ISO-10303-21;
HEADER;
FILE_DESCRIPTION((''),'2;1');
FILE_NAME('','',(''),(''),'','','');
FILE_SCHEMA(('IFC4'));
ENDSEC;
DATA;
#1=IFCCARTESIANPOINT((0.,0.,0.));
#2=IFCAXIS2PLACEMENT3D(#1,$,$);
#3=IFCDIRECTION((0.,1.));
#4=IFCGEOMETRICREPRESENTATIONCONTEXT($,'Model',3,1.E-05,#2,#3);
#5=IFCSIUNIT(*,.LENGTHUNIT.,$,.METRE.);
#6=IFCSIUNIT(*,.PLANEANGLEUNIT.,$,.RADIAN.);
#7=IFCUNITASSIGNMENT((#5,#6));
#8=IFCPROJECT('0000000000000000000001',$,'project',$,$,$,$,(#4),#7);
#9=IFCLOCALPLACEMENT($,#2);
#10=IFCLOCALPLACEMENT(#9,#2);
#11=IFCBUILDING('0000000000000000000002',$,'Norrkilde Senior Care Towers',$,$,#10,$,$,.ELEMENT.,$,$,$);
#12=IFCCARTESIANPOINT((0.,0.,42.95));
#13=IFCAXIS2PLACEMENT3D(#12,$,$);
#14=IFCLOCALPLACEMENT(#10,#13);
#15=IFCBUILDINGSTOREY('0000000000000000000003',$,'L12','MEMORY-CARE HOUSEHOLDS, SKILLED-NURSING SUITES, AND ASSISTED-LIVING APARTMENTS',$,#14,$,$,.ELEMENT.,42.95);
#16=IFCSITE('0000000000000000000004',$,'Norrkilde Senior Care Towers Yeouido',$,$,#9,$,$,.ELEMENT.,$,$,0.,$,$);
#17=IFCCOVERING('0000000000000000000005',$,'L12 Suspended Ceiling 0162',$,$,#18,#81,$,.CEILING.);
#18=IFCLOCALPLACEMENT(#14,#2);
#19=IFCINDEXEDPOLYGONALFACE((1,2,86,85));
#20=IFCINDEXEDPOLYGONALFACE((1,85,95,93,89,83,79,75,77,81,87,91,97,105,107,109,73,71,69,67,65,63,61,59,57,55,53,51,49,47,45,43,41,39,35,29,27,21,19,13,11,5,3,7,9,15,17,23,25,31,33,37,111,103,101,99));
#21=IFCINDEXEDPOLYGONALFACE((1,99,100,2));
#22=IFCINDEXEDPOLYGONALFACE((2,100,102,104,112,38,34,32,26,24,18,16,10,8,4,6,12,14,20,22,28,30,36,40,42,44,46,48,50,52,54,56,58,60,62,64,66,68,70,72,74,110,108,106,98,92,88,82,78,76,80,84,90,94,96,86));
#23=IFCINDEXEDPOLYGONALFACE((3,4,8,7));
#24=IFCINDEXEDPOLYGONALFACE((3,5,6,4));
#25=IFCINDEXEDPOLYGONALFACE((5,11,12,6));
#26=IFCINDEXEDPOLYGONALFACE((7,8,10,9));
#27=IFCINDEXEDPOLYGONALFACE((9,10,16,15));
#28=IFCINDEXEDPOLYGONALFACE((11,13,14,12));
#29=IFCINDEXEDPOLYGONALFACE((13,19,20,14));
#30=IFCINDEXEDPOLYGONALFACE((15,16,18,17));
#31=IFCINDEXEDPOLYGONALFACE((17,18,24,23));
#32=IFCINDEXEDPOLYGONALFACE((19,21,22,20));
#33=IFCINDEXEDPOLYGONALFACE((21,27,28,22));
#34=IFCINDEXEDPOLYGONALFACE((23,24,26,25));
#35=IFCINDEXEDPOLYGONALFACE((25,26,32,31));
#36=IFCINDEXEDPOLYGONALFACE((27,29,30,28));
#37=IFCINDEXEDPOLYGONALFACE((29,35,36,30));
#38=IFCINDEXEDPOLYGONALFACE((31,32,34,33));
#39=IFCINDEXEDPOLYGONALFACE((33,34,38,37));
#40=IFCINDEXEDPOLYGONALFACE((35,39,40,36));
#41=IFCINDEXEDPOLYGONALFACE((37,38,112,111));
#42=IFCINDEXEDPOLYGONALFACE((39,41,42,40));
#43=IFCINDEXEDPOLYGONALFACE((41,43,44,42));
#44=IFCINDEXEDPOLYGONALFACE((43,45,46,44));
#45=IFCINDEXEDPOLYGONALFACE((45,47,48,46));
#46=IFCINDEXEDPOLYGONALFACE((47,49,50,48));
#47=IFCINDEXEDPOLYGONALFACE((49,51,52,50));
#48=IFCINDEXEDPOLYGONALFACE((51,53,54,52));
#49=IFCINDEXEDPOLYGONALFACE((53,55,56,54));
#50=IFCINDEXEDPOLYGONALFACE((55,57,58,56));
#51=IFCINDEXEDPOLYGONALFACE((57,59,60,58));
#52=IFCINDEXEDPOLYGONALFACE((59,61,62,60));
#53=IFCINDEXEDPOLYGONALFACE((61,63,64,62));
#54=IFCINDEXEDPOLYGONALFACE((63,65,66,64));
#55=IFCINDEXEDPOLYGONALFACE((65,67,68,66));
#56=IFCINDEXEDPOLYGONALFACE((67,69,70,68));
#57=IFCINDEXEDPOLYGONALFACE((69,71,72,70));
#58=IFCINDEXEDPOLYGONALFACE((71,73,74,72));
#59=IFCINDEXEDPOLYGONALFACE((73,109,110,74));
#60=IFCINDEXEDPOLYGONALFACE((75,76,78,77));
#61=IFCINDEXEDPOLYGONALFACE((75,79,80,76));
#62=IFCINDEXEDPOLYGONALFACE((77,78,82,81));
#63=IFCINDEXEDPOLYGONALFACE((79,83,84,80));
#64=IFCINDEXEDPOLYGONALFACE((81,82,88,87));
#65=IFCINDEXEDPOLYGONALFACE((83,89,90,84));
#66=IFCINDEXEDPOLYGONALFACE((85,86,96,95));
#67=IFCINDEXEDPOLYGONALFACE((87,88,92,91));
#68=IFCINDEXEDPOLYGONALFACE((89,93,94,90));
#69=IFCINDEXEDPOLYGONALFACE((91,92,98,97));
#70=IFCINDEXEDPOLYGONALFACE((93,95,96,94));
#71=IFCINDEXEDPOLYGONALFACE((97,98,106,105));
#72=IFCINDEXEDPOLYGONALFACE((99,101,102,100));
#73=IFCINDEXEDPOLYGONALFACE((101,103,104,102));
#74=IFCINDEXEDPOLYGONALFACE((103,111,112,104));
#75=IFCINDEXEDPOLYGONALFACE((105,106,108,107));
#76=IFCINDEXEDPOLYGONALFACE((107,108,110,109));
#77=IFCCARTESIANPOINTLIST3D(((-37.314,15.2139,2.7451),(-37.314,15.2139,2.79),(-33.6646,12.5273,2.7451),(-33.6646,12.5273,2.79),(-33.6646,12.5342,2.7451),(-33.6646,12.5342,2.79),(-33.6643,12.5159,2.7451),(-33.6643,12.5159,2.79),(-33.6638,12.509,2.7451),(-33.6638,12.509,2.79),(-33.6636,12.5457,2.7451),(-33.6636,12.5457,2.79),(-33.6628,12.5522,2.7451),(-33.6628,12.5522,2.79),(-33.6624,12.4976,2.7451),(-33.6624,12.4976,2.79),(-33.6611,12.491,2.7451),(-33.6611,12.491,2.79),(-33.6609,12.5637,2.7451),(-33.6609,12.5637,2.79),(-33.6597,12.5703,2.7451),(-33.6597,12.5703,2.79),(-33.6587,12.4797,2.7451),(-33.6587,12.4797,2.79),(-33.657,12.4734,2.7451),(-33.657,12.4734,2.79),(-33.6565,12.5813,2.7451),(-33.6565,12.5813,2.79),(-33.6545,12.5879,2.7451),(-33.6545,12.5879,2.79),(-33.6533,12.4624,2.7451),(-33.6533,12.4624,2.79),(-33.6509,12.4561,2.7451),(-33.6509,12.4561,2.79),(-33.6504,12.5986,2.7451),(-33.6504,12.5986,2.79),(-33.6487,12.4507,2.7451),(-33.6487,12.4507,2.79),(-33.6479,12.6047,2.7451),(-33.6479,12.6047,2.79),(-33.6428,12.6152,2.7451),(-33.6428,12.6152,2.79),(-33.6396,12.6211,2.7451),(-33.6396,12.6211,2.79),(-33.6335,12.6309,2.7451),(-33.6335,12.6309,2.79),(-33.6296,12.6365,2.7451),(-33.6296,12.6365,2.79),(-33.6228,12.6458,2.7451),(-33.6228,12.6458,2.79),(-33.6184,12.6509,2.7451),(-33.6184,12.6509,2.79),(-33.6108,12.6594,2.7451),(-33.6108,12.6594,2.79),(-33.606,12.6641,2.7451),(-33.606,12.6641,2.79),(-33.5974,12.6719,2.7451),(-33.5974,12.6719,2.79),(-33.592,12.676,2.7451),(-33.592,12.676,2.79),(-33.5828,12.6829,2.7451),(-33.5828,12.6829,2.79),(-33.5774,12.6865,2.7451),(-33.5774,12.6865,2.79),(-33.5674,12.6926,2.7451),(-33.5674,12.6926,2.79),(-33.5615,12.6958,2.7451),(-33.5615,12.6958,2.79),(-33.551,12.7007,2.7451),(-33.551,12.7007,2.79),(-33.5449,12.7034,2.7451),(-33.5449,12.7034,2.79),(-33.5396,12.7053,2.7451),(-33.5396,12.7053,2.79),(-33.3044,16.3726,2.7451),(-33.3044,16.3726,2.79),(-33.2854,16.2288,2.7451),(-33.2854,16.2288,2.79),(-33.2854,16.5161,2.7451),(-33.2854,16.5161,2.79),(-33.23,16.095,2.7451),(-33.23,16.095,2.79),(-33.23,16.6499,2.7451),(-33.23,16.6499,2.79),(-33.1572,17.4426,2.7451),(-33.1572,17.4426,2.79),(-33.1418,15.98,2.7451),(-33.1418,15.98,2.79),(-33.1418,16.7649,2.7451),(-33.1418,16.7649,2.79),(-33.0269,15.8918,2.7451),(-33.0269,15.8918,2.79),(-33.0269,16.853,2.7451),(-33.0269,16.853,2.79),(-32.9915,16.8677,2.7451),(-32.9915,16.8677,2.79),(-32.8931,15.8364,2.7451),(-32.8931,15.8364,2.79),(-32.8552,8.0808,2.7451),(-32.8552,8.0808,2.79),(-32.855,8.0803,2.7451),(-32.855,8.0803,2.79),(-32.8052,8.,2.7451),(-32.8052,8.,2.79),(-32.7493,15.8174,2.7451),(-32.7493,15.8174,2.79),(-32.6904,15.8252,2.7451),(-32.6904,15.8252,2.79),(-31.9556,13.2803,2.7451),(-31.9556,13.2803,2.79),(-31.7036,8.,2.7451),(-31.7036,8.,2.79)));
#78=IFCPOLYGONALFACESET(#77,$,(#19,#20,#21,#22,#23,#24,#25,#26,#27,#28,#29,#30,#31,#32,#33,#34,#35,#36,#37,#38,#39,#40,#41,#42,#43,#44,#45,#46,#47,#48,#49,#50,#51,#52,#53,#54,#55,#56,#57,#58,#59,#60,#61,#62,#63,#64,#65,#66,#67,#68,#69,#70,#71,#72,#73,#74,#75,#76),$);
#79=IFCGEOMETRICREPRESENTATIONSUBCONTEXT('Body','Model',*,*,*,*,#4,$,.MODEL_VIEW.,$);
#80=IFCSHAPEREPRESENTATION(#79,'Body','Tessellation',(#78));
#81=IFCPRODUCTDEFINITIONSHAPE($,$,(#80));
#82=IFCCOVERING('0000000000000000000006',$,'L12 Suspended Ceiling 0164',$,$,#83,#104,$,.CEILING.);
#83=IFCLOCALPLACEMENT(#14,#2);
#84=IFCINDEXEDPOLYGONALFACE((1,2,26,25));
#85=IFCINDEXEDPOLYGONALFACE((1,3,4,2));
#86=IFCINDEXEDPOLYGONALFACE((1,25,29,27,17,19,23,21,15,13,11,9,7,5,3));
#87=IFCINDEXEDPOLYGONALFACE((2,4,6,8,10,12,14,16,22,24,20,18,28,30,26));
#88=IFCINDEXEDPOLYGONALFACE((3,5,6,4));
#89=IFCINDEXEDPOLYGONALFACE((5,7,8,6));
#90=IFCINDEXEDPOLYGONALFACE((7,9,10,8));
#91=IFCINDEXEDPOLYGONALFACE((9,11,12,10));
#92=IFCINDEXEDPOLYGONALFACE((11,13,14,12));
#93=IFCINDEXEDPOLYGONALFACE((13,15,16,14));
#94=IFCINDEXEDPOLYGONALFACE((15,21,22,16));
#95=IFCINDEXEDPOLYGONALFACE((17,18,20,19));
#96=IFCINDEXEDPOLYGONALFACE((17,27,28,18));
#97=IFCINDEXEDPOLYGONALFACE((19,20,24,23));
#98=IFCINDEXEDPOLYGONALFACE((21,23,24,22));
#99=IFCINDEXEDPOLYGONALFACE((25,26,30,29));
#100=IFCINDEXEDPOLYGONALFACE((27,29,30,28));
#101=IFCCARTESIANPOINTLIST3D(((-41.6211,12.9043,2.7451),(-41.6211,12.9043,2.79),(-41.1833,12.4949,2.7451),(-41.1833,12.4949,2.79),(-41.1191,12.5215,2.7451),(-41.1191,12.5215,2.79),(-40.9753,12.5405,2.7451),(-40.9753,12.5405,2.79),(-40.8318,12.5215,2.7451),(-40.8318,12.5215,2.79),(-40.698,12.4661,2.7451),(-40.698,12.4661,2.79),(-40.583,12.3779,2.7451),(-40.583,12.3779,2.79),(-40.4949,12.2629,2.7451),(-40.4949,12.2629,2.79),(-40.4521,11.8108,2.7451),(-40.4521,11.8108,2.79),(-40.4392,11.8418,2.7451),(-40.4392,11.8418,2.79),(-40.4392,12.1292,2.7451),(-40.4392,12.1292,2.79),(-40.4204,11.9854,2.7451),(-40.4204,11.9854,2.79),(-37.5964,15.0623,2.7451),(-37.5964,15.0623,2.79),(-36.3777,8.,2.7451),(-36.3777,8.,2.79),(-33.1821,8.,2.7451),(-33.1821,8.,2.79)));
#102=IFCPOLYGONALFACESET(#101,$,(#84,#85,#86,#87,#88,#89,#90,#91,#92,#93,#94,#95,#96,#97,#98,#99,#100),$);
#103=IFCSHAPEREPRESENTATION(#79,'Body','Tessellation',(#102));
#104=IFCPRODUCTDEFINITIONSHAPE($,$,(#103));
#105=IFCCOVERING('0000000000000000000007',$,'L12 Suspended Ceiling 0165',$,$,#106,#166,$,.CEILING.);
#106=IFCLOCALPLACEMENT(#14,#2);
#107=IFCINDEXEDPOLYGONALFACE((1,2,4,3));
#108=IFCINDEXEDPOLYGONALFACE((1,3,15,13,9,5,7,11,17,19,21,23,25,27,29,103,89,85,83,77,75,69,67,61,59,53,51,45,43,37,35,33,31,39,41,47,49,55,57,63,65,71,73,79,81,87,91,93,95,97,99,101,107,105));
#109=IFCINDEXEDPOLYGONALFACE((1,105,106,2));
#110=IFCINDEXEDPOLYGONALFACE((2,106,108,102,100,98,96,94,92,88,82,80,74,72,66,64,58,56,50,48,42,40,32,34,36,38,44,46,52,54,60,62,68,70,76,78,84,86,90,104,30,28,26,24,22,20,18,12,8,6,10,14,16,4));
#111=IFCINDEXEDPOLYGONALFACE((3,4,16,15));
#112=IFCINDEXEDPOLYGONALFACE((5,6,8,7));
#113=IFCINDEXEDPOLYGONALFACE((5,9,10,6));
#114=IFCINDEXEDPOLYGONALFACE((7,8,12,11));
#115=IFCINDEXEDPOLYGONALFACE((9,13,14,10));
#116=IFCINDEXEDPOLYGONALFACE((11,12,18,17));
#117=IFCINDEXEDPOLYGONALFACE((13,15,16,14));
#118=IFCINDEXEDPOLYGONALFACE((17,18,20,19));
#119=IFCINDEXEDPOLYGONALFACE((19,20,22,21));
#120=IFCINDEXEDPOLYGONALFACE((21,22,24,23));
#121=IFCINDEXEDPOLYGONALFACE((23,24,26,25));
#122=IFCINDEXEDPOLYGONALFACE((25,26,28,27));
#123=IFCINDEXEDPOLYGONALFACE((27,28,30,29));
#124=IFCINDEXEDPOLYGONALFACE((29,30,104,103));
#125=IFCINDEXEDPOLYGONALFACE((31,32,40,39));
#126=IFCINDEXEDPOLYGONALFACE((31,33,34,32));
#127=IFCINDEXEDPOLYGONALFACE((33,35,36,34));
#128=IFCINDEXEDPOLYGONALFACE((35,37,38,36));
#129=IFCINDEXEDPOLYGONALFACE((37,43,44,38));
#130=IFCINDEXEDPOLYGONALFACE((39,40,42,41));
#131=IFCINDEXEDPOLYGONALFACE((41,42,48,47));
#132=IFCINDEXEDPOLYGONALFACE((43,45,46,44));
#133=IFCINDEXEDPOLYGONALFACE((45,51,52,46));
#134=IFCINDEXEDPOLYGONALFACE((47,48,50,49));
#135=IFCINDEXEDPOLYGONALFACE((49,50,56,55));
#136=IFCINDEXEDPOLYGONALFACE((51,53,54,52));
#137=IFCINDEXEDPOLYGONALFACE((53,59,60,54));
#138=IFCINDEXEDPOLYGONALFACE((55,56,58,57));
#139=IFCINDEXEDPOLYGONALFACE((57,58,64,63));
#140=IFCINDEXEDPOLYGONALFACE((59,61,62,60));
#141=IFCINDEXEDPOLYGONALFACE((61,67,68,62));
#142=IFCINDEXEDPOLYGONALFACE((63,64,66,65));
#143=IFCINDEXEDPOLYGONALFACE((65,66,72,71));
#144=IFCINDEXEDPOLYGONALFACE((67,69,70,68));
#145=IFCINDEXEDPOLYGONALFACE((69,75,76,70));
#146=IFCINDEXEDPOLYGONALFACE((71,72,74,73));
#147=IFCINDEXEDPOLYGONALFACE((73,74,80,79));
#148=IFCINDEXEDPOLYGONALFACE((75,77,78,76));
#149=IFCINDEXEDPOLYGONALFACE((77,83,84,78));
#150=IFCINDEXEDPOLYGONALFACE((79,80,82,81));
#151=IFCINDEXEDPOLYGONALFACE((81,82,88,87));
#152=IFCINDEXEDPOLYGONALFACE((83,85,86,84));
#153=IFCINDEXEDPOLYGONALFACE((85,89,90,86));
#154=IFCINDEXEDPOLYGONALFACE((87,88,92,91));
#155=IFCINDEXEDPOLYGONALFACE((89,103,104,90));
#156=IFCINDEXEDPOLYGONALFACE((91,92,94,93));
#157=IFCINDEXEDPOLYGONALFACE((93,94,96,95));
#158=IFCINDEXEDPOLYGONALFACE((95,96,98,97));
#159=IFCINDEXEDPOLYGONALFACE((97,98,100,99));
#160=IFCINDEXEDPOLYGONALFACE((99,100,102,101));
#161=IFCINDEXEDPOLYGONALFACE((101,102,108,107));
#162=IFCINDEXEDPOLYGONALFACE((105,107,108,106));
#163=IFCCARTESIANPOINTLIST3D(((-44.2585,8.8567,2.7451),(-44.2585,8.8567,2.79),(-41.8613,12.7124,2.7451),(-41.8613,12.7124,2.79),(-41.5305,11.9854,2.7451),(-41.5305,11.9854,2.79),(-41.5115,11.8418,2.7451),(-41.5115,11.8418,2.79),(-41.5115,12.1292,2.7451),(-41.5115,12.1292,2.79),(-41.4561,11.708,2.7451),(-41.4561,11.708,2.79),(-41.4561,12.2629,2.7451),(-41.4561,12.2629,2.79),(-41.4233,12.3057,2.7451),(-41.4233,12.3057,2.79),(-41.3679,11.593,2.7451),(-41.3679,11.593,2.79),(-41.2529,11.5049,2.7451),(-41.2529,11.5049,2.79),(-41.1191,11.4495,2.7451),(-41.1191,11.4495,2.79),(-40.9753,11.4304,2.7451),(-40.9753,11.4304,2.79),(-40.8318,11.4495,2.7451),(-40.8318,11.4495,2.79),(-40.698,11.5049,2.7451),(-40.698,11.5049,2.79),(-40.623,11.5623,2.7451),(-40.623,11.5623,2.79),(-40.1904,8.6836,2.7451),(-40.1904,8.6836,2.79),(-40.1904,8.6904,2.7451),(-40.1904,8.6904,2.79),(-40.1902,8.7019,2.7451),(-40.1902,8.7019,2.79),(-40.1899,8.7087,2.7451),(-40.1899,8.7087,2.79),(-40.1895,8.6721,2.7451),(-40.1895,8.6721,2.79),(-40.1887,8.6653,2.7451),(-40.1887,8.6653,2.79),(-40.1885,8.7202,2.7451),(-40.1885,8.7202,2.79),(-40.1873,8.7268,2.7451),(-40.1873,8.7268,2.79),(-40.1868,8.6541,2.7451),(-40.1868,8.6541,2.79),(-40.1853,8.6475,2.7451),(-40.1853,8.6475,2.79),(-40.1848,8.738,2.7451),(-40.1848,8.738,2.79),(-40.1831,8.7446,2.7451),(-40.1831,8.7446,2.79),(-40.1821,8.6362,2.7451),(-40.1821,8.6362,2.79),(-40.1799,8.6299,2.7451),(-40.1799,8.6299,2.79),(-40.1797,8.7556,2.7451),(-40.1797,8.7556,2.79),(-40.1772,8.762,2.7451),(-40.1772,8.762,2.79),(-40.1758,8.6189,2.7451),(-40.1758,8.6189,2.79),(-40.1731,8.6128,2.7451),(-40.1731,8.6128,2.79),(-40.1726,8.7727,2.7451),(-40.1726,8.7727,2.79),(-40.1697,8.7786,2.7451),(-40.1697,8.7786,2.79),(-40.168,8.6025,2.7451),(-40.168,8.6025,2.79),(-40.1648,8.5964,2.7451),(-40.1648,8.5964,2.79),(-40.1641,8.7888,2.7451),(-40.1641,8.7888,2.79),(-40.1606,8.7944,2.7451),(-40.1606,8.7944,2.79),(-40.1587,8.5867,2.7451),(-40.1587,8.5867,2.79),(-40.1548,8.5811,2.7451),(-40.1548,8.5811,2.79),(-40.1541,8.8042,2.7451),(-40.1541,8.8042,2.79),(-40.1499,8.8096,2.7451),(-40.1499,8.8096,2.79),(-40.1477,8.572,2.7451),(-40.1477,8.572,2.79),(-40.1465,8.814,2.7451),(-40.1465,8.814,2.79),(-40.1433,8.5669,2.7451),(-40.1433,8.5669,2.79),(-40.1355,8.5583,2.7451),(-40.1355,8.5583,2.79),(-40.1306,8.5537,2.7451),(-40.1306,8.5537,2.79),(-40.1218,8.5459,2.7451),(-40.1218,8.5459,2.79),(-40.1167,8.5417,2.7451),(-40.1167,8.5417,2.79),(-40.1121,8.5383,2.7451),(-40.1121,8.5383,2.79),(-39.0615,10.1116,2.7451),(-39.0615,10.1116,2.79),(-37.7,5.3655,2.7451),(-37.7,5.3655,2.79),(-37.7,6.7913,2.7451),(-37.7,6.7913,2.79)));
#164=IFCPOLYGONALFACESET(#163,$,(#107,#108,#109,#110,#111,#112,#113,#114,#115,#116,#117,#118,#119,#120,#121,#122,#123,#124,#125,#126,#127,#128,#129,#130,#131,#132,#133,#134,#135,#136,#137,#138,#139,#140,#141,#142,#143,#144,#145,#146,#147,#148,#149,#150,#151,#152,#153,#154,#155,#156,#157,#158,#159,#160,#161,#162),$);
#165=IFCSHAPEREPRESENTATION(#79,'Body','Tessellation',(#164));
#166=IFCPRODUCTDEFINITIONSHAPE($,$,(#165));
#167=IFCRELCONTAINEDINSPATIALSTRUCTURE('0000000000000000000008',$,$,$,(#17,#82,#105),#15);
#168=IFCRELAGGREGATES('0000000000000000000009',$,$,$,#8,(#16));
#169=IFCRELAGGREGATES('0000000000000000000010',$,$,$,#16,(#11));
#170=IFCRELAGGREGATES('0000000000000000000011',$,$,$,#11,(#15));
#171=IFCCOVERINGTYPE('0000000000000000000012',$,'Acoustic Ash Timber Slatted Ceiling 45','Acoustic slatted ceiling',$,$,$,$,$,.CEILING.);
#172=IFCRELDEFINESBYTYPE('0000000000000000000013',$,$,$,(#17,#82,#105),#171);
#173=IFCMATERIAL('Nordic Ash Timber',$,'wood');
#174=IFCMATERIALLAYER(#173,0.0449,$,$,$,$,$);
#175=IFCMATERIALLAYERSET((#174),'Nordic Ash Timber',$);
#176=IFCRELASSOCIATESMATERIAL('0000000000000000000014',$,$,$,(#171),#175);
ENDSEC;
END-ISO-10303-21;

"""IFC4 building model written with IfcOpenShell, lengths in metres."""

from ifc_helpers import new_model, si_unit, direction, frame, origin, place, context, subcontext, project, spatial, polyline, outline, extrude, material, layer, layer_set, type_object, element, save


model = new_model("IFC4")

# Units and contexts
model_context = context("Model", 3, precision=1e-05, world=origin(), true_north=direction((0.0, 1.0)))
body_context = subcontext(model_context, "Body", "Model", "MODEL_VIEW")
ifc_project = project(units=[si_unit("LENGTHUNIT", "METRE"), si_unit("PLANEANGLEUNIT", "RADIAN")], contexts=[model_context])

# Site, building, storey
site_placement = place(None, origin())
site = spatial("IfcSite", under=ifc_project, at=site_placement, Name="Norrkilde Senior Care Towers Yeouido", CompositionType="ELEMENT", RefElevation=0.0)
building_placement = place(site_placement, origin())
building = spatial("IfcBuilding", under=site, at=building_placement, Name="Norrkilde Senior Care Towers", CompositionType="ELEMENT")
storey_placement = place(building_placement, frame((0.0, 0.0, 42.95)))
storey = spatial("IfcBuildingStorey", under=building, at=storey_placement, Name="L12", Description="MEMORY-CARE HOUSEHOLDS, SKILLED-NURSING SUITES, AND ASSISTED-LIVING APARTMENTS", CompositionType="ELEMENT", Elevation=42.95)

# Coverings
ifc_material_1 = material(Name="Nordic Ash Timber", Category="wood")
ifc_layer_1 = layer(ifc_material_1, 0.0449)
ifc_layer_set_1 = layer_set([ifc_layer_1], Name="Nordic Ash Timber")
covering_type_1 = type_object("IfcCoveringType", Name="Acoustic Ash Timber Slatted Ceiling 45", Description="Acoustic slatted ceiling", PredefinedType="CEILING", material=ifc_layer_set_1)
covering_1_placement = place(storey_placement, frame((0.0, 0.0, 2.7451)))
element("IfcCovering", 1, at=covering_1_placement, inside=storey, type_object=covering_type_1, Name="L12 Suspended Ceiling 0162", PredefinedType="CEILING", context=body_context, shape_type="SweptSolid", body=[
    extrude(outline(polyline([(-33.5615, 12.6958), (-33.5674, 12.6926), (-33.5774, 12.6865), (-33.5828, 12.6829), (-33.592, 12.676), (-33.5974, 12.6719), (-33.606, 12.6641), (-33.6108, 12.6594), (-33.6184, 12.6509), (-33.6228, 12.6458), (-33.6296, 12.6365), (-33.6335, 12.6309), (-33.6396, 12.6211), (-33.6428, 12.6152), (-33.6479, 12.6047), (-33.6504, 12.5986), (-33.6545, 12.5879), (-33.6565, 12.5813), (-33.6597, 12.5703), (-33.6609, 12.5637), (-33.6628, 12.5522), (-33.6636, 12.5457), (-33.6646, 12.5342), (-33.6646, 12.5273), (-33.6643, 12.5159), (-33.6638, 12.509), (-33.6624, 12.4976), (-33.6611, 12.491), (-33.6587, 12.4797), (-33.657, 12.4734), (-33.6533, 12.4624), (-33.6509, 12.4561), (-33.6487, 12.4507), (-31.7036, 8.0), (-32.8052, 8.0), (-32.855, 8.0803), (-32.8552, 8.0808), (-37.314, 15.2139), (-33.1572, 17.4426), (-32.9915, 16.8677), (-33.0269, 16.853), (-33.1418, 16.7649), (-33.23, 16.6499), (-33.2854, 16.5161), (-33.3044, 16.3726), (-33.2854, 16.2288), (-33.23, 16.095), (-33.1418, 15.98), (-33.0269, 15.8918), (-32.8931, 15.8364), (-32.7493, 15.8174), (-32.6904, 15.8252), (-31.9556, 13.2803), (-33.5396, 12.7053), (-33.5449, 12.7034), (-33.551, 12.7007), (-33.5615, 12.6958)])), origin(), (0.0, 0.0, 1.0), 0.0449),
])
covering_2_placement = place(storey_placement, frame((0.0, 0.0, 2.7451)))
element("IfcCovering", 2, at=covering_2_placement, inside=storey, type_object=covering_type_1, Name="L12 Suspended Ceiling 0164", PredefinedType="CEILING", context=body_context, shape_type="SweptSolid", body=[
    extrude(outline(polyline([(-36.3777, 8.0), (-40.4521, 11.8108), (-40.4392, 11.8418), (-40.4204, 11.9854), (-40.4392, 12.1292), (-40.4949, 12.2629), (-40.583, 12.3779), (-40.698, 12.4661), (-40.8318, 12.5215), (-40.9753, 12.5405), (-41.1191, 12.5215), (-41.1833, 12.4949), (-41.6211, 12.9043), (-37.5964, 15.0623), (-33.1821, 8.0), (-36.3777, 8.0)])), origin(), (0.0, 0.0, 1.0), 0.0449),
])
covering_3_placement = place(storey_placement, frame((0.0, 0.0, 2.7451)))
element("IfcCovering", 3, at=covering_3_placement, inside=storey, type_object=covering_type_1, Name="L12 Suspended Ceiling 0165", PredefinedType="CEILING", context=body_context, shape_type="SweptSolid", body=[
    extrude(outline(polyline([(-40.1606, 8.7944), (-40.1641, 8.7888), (-40.1697, 8.7786), (-40.1726, 8.7727), (-40.1772, 8.762), (-40.1797, 8.7556), (-40.1831, 8.7446), (-40.1848, 8.738), (-40.1873, 8.7268), (-40.1885, 8.7202), (-40.1899, 8.7087), (-40.1902, 8.7019), (-40.1904, 8.6904), (-40.1904, 8.6836), (-40.1895, 8.6721), (-40.1887, 8.6653), (-40.1868, 8.6541), (-40.1853, 8.6475), (-40.1821, 8.6362), (-40.1799, 8.6299), (-40.1758, 8.6189), (-40.1731, 8.6128), (-40.168, 8.6025), (-40.1648, 8.5964), (-40.1587, 8.5867), (-40.1548, 8.5811), (-40.1477, 8.572), (-40.1433, 8.5669), (-40.1355, 8.5583), (-40.1306, 8.5537), (-40.1218, 8.5459), (-40.1167, 8.5417), (-40.1121, 8.5383), (-37.7, 6.7913), (-37.7, 5.3655), (-44.2585, 8.8567), (-41.8613, 12.7124), (-41.4233, 12.3057), (-41.4561, 12.2629), (-41.5115, 12.1292), (-41.5305, 11.9854), (-41.5115, 11.8418), (-41.4561, 11.708), (-41.3679, 11.593), (-41.2529, 11.5049), (-41.1191, 11.4495), (-40.9753, 11.4304), (-40.8318, 11.4495), (-40.698, 11.5049), (-40.623, 11.5623), (-39.0615, 10.1116), (-40.1465, 8.814), (-40.1499, 8.8096), (-40.1541, 8.8042), (-40.1606, 8.7944)])), origin(), (0.0, 0.0, 1.0), 0.0449),
])

save(model, "model.ifc")
